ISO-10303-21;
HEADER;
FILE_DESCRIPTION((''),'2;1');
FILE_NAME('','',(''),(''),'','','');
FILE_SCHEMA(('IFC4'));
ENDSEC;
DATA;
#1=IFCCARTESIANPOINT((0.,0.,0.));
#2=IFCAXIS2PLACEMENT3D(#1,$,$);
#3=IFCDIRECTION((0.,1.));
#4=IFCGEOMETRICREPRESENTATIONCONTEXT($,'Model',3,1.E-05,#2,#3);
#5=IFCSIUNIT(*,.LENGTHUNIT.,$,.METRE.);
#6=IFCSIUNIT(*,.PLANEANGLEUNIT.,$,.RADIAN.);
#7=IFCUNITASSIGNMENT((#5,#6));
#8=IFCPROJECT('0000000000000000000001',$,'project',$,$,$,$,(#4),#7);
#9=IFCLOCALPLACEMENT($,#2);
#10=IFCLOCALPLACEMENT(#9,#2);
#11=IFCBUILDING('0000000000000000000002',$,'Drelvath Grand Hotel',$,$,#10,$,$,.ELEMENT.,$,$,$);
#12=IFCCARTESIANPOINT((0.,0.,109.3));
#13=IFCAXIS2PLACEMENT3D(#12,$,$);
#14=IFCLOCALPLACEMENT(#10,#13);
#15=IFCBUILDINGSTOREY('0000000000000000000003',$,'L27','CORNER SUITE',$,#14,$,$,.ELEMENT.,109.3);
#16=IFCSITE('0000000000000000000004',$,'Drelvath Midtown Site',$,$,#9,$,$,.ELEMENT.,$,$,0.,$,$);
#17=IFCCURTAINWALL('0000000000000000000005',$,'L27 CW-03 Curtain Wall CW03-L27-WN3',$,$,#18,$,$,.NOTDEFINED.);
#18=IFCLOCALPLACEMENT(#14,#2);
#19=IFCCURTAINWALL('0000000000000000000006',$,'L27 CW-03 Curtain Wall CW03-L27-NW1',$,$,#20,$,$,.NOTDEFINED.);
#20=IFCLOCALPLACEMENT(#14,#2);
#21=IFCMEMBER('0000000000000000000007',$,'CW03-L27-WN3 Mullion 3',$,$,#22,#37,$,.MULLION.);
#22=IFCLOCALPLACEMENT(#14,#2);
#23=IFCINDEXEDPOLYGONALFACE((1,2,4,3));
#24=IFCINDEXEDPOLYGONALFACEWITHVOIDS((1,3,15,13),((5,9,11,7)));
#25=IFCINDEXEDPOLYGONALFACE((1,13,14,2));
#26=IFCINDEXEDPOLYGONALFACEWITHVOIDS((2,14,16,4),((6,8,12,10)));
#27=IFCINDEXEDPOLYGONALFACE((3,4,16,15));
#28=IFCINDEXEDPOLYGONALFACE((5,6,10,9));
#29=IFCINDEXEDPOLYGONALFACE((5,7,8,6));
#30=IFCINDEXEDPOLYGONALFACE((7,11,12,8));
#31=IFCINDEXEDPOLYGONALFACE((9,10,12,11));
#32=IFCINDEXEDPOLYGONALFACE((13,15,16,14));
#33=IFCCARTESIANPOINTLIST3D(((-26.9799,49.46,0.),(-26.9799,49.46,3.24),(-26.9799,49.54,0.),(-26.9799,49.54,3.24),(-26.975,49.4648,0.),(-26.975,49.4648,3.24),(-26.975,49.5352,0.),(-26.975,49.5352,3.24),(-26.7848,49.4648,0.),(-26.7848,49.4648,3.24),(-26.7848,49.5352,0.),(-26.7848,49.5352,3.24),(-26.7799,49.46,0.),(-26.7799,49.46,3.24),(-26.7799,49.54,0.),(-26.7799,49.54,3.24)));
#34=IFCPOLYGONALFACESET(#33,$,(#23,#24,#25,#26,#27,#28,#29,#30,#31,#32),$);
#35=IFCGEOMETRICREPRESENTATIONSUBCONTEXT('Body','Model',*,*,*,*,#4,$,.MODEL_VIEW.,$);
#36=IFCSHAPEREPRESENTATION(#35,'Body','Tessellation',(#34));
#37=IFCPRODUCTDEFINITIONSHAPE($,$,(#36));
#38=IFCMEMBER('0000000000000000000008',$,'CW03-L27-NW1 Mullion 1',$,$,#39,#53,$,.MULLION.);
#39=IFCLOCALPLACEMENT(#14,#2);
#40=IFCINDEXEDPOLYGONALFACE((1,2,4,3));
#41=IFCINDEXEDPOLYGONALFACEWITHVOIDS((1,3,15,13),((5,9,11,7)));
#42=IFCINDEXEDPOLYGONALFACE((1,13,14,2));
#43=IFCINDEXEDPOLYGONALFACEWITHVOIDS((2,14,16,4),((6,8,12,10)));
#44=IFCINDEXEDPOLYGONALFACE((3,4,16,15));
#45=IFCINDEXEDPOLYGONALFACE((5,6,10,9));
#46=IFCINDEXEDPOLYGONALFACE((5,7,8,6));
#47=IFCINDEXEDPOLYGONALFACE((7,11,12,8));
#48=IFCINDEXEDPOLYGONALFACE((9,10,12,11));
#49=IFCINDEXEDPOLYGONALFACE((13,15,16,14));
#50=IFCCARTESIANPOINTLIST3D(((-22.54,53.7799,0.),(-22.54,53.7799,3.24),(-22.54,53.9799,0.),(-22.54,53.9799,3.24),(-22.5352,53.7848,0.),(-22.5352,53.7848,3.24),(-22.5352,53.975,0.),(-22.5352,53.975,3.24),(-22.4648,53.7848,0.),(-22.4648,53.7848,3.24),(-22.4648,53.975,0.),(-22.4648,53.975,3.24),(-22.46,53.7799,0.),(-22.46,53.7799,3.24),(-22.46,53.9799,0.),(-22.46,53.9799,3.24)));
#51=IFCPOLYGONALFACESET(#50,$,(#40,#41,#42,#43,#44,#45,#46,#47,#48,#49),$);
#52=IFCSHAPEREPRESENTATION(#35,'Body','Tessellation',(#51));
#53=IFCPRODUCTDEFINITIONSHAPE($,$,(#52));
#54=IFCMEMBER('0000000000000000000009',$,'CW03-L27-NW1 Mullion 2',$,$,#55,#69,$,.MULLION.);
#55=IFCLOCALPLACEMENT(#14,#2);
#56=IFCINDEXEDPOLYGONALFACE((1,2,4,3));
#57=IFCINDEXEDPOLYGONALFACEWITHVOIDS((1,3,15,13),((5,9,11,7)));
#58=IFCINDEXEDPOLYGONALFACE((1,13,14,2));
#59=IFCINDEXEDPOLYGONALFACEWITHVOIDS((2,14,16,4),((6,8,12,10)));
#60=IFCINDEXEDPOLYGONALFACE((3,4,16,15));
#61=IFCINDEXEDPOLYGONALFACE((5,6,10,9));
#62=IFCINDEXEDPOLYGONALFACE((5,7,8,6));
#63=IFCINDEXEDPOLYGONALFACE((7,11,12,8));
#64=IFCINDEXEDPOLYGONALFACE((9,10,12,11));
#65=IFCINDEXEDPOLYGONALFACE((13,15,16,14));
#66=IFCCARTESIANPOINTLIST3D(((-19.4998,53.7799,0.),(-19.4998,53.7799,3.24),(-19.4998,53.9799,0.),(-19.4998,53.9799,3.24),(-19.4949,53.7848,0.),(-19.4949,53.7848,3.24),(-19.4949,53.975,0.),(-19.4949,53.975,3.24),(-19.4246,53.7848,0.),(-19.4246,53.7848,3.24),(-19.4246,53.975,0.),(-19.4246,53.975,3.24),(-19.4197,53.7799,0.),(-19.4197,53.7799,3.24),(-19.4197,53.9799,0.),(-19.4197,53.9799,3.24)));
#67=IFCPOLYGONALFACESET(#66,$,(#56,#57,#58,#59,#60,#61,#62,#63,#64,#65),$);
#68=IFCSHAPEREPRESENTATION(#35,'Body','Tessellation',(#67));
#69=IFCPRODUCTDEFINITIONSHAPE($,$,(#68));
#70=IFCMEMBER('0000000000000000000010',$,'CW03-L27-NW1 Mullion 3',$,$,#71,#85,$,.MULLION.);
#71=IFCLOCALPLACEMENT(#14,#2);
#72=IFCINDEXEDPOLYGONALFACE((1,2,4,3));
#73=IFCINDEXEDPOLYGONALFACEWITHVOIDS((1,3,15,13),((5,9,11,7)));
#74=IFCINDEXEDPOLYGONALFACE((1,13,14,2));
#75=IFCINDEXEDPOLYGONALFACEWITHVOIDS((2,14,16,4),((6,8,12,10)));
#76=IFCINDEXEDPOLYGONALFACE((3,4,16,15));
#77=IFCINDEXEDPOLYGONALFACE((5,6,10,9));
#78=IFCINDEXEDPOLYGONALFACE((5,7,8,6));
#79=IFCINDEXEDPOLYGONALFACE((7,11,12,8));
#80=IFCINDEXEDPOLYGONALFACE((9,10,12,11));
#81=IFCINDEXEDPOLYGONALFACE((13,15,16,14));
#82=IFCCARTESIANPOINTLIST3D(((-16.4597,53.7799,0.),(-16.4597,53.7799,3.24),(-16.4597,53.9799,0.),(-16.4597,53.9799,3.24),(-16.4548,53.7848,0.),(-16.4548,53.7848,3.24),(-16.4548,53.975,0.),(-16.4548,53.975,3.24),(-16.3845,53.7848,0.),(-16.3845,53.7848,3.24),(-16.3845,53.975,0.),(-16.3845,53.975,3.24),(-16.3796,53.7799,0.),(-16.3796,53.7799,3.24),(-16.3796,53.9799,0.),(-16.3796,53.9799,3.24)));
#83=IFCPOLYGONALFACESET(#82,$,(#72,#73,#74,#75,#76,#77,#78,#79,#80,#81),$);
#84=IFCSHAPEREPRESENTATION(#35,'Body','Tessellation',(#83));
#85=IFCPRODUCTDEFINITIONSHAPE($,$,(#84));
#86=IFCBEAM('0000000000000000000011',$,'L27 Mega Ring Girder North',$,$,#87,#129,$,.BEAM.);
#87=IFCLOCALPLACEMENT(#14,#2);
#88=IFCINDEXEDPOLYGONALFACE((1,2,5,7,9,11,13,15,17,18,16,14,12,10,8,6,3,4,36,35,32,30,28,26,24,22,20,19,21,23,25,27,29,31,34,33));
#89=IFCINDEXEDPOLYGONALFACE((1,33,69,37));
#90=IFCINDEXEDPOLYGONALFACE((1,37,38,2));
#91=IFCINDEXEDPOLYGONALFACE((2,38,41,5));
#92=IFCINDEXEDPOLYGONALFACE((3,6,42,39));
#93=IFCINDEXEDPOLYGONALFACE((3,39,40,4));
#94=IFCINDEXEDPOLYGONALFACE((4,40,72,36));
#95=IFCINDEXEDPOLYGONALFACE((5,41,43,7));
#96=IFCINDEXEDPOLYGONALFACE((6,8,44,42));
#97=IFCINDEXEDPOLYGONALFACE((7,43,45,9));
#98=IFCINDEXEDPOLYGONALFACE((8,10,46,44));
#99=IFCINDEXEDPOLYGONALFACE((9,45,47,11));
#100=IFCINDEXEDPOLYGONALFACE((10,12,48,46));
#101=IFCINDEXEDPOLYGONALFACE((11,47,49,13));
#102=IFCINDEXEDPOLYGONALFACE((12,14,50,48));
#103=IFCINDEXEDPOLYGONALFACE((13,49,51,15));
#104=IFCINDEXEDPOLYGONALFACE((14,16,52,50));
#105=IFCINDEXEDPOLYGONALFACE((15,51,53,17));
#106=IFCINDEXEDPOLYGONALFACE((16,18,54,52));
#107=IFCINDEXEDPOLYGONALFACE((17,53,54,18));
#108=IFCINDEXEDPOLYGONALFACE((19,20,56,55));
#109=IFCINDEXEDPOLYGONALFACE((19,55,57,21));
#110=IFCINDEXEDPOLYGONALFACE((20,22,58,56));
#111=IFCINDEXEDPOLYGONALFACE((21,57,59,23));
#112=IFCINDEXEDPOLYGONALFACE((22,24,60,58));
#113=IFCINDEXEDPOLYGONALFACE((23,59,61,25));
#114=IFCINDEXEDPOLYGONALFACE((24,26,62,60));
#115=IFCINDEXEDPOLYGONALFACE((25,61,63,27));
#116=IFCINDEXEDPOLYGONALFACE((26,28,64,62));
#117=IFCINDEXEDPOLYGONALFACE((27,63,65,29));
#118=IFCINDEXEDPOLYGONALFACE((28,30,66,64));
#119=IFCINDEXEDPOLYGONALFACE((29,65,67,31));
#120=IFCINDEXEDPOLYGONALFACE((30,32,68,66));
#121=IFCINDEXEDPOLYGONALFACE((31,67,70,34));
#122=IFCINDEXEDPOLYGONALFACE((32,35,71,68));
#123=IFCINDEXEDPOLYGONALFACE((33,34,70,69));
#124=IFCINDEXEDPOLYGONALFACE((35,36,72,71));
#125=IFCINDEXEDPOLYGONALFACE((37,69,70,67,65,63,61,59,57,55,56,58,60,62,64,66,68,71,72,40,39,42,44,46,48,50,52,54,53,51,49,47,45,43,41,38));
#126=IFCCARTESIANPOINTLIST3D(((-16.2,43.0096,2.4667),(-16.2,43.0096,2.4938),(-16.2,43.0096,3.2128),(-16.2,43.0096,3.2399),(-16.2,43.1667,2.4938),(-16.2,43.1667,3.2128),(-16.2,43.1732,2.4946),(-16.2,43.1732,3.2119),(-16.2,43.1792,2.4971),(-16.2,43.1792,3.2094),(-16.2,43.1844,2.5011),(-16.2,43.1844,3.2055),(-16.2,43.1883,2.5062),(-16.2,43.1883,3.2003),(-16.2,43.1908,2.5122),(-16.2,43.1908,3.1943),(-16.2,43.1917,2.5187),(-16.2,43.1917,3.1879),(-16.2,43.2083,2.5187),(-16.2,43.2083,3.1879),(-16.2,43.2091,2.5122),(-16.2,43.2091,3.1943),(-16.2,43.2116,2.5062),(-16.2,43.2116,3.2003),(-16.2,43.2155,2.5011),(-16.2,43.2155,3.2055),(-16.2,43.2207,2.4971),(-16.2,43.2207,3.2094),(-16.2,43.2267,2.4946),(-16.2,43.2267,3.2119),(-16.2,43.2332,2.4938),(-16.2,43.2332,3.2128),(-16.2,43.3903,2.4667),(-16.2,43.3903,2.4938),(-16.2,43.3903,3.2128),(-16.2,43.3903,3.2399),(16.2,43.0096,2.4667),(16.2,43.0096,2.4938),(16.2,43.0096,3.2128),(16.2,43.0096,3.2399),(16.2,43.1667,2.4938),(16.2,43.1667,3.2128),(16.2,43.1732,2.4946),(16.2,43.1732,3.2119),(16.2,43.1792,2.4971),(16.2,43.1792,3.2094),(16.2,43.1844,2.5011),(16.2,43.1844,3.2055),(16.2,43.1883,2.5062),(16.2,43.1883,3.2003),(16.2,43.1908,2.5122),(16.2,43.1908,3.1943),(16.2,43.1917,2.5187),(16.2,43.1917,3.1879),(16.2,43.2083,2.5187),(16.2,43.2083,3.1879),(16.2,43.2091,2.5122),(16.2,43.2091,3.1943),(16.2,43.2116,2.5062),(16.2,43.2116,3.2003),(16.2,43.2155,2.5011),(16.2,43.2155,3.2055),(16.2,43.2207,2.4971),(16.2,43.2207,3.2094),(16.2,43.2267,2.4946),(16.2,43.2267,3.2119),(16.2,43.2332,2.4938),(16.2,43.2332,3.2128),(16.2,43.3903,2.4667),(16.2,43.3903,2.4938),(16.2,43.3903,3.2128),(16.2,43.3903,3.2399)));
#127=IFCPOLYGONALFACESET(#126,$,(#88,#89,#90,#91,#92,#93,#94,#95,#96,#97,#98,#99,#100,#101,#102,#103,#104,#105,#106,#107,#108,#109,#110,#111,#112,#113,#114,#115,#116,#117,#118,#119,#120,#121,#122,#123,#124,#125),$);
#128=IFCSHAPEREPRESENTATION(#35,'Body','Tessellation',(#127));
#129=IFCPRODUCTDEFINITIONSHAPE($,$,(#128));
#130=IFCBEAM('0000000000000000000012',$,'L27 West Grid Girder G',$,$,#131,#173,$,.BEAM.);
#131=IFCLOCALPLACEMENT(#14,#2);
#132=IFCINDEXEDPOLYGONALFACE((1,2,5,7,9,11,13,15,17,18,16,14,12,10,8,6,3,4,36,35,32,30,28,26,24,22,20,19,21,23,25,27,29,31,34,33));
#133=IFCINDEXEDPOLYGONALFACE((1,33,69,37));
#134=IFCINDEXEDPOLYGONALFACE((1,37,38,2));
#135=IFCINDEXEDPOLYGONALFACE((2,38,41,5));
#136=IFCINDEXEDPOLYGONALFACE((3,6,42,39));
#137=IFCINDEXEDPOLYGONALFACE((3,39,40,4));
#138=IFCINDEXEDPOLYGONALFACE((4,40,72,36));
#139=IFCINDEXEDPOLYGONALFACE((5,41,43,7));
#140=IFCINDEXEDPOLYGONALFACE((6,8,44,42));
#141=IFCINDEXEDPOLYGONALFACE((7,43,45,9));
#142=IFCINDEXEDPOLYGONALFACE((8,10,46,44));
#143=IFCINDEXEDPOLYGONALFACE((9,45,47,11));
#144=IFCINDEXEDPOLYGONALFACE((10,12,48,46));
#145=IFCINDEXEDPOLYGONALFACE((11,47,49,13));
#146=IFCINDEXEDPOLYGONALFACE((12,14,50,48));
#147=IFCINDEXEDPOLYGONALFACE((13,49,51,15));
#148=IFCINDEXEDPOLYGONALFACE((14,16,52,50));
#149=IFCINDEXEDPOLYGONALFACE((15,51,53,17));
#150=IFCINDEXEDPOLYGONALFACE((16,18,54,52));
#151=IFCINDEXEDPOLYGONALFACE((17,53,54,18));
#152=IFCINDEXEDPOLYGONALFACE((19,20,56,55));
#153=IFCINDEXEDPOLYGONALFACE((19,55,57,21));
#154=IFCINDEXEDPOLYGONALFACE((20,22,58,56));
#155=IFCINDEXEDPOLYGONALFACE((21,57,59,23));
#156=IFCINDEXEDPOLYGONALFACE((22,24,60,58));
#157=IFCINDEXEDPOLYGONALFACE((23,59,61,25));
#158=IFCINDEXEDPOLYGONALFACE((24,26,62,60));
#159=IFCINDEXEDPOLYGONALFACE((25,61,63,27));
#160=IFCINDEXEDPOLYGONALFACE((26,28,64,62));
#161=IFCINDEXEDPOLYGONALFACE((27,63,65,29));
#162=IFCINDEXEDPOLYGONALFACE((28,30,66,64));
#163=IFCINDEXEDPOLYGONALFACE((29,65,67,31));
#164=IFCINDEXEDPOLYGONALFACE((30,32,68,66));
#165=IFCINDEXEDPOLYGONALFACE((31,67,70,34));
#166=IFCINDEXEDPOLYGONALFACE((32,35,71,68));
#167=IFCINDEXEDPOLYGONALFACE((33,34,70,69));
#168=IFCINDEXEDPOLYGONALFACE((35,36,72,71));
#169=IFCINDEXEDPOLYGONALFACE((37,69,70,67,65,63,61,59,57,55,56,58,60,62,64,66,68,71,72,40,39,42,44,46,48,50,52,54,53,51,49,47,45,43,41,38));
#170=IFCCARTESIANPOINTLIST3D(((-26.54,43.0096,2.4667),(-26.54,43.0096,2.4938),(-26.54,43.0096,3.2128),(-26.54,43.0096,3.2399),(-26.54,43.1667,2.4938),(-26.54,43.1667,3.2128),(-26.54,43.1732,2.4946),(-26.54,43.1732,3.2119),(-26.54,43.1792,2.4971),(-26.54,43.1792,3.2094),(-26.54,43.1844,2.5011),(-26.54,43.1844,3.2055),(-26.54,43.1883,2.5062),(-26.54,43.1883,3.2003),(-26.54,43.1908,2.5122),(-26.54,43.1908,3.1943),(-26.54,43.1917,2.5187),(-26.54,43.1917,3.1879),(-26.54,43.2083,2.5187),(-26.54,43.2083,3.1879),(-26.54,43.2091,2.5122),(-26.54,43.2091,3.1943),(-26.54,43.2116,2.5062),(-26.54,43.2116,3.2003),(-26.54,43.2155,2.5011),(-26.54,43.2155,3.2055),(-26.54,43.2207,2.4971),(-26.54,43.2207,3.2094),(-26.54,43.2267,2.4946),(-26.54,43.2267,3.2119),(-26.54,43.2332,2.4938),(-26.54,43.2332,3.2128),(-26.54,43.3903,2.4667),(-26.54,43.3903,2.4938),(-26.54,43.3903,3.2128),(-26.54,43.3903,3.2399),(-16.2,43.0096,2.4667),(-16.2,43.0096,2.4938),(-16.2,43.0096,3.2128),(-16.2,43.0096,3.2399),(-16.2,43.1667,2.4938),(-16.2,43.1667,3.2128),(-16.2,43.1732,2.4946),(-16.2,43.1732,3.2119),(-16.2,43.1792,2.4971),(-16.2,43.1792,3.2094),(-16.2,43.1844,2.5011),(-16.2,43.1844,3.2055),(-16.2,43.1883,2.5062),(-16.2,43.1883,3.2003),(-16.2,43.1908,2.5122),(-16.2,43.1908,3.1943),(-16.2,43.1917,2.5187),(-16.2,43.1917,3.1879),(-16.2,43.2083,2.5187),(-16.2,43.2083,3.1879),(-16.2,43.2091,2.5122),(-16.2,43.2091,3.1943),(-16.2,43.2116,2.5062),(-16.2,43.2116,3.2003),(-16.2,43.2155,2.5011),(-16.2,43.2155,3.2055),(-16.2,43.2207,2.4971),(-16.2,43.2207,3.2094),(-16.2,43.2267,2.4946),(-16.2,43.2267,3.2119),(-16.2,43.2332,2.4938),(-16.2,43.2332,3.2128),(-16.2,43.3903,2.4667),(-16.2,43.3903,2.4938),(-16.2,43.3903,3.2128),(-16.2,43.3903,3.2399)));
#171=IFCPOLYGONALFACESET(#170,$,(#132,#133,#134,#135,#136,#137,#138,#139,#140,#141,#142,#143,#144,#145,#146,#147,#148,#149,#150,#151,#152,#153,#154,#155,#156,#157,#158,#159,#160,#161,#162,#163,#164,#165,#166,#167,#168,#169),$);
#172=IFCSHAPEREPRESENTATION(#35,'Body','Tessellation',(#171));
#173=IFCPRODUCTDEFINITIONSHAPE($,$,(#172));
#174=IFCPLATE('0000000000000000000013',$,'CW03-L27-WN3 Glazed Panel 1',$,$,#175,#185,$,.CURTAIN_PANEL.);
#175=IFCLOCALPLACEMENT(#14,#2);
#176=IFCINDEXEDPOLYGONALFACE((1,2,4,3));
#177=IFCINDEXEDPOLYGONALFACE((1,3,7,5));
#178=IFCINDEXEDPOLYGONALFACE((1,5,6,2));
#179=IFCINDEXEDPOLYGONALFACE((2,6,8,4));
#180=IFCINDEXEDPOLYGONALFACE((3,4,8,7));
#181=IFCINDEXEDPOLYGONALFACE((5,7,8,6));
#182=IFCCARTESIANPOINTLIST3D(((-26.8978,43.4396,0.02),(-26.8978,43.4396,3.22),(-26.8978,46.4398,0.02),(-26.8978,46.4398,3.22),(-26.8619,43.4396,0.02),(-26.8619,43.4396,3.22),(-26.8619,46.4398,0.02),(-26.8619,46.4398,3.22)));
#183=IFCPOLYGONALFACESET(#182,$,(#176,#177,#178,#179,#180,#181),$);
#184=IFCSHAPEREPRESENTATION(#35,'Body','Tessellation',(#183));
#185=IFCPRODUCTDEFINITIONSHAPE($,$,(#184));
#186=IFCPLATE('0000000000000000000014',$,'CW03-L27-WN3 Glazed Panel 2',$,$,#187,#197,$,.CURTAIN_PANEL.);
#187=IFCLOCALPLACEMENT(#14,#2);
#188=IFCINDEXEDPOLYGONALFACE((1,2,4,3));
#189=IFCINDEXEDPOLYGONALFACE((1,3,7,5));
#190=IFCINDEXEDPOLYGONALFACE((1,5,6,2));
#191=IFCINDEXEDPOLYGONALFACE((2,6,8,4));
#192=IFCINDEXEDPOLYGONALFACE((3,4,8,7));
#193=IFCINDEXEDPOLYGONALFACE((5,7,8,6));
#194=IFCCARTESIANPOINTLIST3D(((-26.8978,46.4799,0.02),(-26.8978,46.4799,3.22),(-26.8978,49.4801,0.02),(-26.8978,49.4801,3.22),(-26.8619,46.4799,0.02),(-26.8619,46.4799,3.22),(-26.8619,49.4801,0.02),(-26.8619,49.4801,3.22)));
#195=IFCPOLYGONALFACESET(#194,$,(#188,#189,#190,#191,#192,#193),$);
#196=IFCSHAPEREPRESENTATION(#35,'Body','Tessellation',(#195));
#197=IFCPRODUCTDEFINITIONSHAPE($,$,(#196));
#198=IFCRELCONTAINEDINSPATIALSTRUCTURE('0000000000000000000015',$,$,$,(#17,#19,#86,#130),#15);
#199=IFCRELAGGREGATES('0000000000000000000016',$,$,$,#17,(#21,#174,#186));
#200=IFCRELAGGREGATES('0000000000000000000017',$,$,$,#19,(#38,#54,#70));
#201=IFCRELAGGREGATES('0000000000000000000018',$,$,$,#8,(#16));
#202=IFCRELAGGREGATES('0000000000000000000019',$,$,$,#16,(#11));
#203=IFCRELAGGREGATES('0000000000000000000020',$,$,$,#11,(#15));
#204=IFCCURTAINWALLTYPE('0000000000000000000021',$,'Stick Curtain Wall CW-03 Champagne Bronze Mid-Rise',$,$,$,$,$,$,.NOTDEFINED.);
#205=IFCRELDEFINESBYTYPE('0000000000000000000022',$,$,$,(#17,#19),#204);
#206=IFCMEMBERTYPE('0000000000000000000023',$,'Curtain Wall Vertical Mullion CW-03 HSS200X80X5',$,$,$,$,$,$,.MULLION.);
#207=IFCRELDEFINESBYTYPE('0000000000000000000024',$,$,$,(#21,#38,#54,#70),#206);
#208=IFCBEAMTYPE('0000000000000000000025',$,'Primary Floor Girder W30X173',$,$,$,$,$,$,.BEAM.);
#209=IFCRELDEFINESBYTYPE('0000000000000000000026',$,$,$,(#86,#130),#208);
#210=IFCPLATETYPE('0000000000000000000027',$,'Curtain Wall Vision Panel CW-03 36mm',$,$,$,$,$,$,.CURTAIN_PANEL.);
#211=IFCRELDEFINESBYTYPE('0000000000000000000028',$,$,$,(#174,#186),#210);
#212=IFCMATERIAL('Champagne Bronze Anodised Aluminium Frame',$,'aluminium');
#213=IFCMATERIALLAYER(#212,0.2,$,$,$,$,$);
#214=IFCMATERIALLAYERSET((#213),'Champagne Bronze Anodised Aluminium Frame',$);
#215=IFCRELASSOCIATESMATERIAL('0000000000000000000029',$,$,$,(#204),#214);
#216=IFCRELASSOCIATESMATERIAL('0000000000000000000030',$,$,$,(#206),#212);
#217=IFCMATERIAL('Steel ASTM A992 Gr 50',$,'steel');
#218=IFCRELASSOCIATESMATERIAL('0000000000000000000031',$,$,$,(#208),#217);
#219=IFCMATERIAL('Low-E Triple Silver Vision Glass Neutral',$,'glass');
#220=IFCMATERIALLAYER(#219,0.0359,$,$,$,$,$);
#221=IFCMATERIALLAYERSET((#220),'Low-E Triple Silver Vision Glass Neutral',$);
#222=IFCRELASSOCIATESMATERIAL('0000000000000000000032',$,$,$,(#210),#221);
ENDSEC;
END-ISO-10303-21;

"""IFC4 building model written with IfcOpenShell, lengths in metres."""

from ifc_helpers import new_model, si_unit, direction, frame, origin, origin_2d, place, context, subcontext, project, spatial, rectangle, hollow_rectangle, i_section, extrude, material, layer, layer_set, material_profile, profile_set, type_object, element, aggregate, save


model = new_model("IFC4")

# Units and contexts
model_context = context("Model", 3, precision=1e-05, world=origin(), true_north=direction((0.0, 1.0)))
body_context = subcontext(model_context, "Body", "Model", "MODEL_VIEW")
ifc_project = project(units=[si_unit("LENGTHUNIT", "METRE"), si_unit("PLANEANGLEUNIT", "RADIAN")], contexts=[model_context])

# Site, building, storey
site_placement = place(None, origin())
site = spatial("IfcSite", under=ifc_project, at=site_placement, Name="Drelvath Midtown Site", CompositionType="ELEMENT", RefElevation=0.0)
building_placement = place(site_placement, origin())
building = spatial("IfcBuilding", under=site, at=building_placement, Name="Drelvath Grand Hotel", CompositionType="ELEMENT")
storey_placement = place(building_placement, frame((0.0, 0.0, 109.3)))
storey = spatial("IfcBuildingStorey", under=building, at=storey_placement, Name="L27", Description="CORNER SUITE", CompositionType="ELEMENT", Elevation=109.3)

# Shared definitions
ifc_material_1 = material(Name="Steel ASTM A992 Gr 50", Category="steel")

# Curtain walls
ifc_material_2 = material(Name="Champagne Bronze Anodised Aluminium Frame", Category="aluminium")
ifc_layer_1 = layer(ifc_material_2, 0.2)
ifc_layer_set_1 = layer_set([ifc_layer_1], Name="Champagne Bronze Anodised Aluminium Frame")
curtain_wall_type = type_object("IfcCurtainWallType", Name="Stick Curtain Wall CW-03 Champagne Bronze Mid-Rise", PredefinedType="NOTDEFINED", material=ifc_layer_set_1)
curtain_wall_1_placement = place(storey_placement, origin())
curtain_wall_1 = element("IfcCurtainWall", 1, at=curtain_wall_1_placement, inside=storey, type_object=curtain_wall_type, Name="L27 CW-03 Curtain Wall CW03-L27-WN3", PredefinedType="NOTDEFINED")
curtain_wall_2_placement = place(storey_placement, origin())
curtain_wall_2 = element("IfcCurtainWall", 2, at=curtain_wall_2_placement, inside=storey, type_object=curtain_wall_type, Name="L27 CW-03 Curtain Wall CW03-L27-NW1", PredefinedType="NOTDEFINED")

# Members
ifc_material_profile_1 = material_profile(ifc_material_2, hollow_rectangle(XDim=0.0801, YDim=0.2, WallThickness=0.0049, at=origin_2d()), Name="HSS200X80X5")
ifc_profile_set_1 = profile_set([ifc_material_profile_1], Name="Champagne Bronze Anodised Aluminium Frame")
member_type_1 = type_object("IfcMemberType", Name="Curtain Wall Vertical Mullion CW-03 HSS200X80X5", PredefinedType="MULLION", material=ifc_profile_set_1)
member_1_placement = place(storey_placement, frame((-26.8799, 49.5, 0.0), z_axis=(0.0, 0.0, 1.0), x_axis=(0.0, 1.0, 0.0)))
member_1 = element("IfcMember", 3, at=member_1_placement, type_object=member_type_1, Name="CW03-L27-WN3 Mullion 3", PredefinedType="MULLION", context=body_context, shape_type="SweptSolid", body=[
    extrude(hollow_rectangle(XDim=0.0801, YDim=0.2, WallThickness=0.0049, at=origin_2d()), origin(), (0.0, 0.0, 1.0), 3.24),
])
member_2_placement = place(storey_placement, frame((-22.5, 53.8799, 0.0), z_axis=(0.0, 0.0, 1.0), x_axis=(1.0, 0.0, 0.0)))
member_2 = element("IfcMember", 4, at=member_2_placement, type_object=member_type_1, Name="CW03-L27-NW1 Mullion 1", PredefinedType="MULLION", context=body_context, shape_type="SweptSolid", body=[
    extrude(hollow_rectangle(XDim=0.0801, YDim=0.2, WallThickness=0.0049, at=origin_2d()), origin(), (0.0, 0.0, 1.0), 3.24),
])
member_3_placement = place(storey_placement, frame((-19.4597, 53.8799, 0.0), z_axis=(0.0, 0.0, 1.0), x_axis=(1.0, 0.0, 0.0)))
member_3 = element("IfcMember", 5, at=member_3_placement, type_object=member_type_1, Name="CW03-L27-NW1 Mullion 2", PredefinedType="MULLION", context=body_context, shape_type="SweptSolid", body=[
    extrude(hollow_rectangle(XDim=0.0801, YDim=0.2, WallThickness=0.0049, at=origin_2d()), origin(), (0.0, 0.0, 1.0), 3.24),
])
member_4_placement = place(storey_placement, frame((-16.4197, 53.8799, 0.0), z_axis=(0.0, 0.0, 1.0), x_axis=(1.0, 0.0, 0.0)))
member_4 = element("IfcMember", 6, at=member_4_placement, type_object=member_type_1, Name="CW03-L27-NW1 Mullion 3", PredefinedType="MULLION", context=body_context, shape_type="SweptSolid", body=[
    extrude(hollow_rectangle(XDim=0.0801, YDim=0.2, WallThickness=0.0049, at=origin_2d()), origin(), (0.0, 0.0, 1.0), 3.24),
])

# Beams
ifc_material_profile_2 = material_profile(ifc_material_1, i_section(OverallWidth=0.3806, OverallDepth=0.7732, WebThickness=0.0166, FlangeThickness=0.0271, FilletRadius=0.0249, at=origin_2d()), Name="W30X173")
ifc_profile_set_2 = profile_set([ifc_material_profile_2], Name="Steel ASTM A992 Gr 50")
beam_type_1 = type_object("IfcBeamType", Name="Primary Floor Girder W30X173", PredefinedType="BEAM", material=ifc_profile_set_2)
beam_1_placement = place(storey_placement, frame((-16.2, 43.2, 2.8533), z_axis=(1.0, 0.0, 0.0), x_axis=(0.0, 1.0, 0.0)))
element("IfcBeam", 7, at=beam_1_placement, inside=storey, type_object=beam_type_1, Name="L27 Mega Ring Girder North", PredefinedType="BEAM", context=body_context, shape_type="SweptSolid", body=[
    extrude(i_section(OverallWidth=0.3806, OverallDepth=0.7732, WebThickness=0.0166, FlangeThickness=0.0271, FilletRadius=0.0249, at=origin_2d()), origin(), (0.0, 0.0, 1.0), 32.3999),
])
beam_2_placement = place(storey_placement, frame((-26.54, 43.2, 2.8533), z_axis=(1.0, 0.0, 0.0), x_axis=(0.0, 1.0, 0.0)))
element("IfcBeam", 8, at=beam_2_placement, inside=storey, type_object=beam_type_1, Name="L27 West Grid Girder G", PredefinedType="BEAM", context=body_context, shape_type="SweptSolid", body=[
    extrude(i_section(OverallWidth=0.3806, OverallDepth=0.7732, WebThickness=0.0166, FlangeThickness=0.0271, FilletRadius=0.0249, at=origin_2d()), origin(), (0.0, 0.0, 1.0), 10.3401),
])

# Plates
ifc_material_3 = material(Name="Low-E Triple Silver Vision Glass Neutral", Category="glass")
ifc_layer_2 = layer(ifc_material_3, 0.0359)
ifc_layer_set_2 = layer_set([ifc_layer_2], Name="Low-E Triple Silver Vision Glass Neutral")
plate_type = type_object("IfcPlateType", Name="Curtain Wall Vision Panel CW-03 36mm", PredefinedType="CURTAIN_PANEL", material=ifc_layer_set_2)
plate_1_placement = place(storey_placement, frame((-26.8799, 44.9397, 0.02), z_axis=(0.0, 0.0, 1.0), x_axis=(0.0, 1.0, 0.0)))
plate_1 = element("IfcPlate", 9, at=plate_1_placement, type_object=plate_type, Name="CW03-L27-WN3 Glazed Panel 1", PredefinedType="CURTAIN_PANEL", context=body_context, shape_type="SweptSolid", body=[
    extrude(rectangle(XDim=3.0002, YDim=0.0359, at=origin_2d()), origin(), (0.0, 0.0, 1.0), 3.2),
])
plate_2_placement = place(storey_placement, frame((-26.8799, 47.98, 0.02), z_axis=(0.0, 0.0, 1.0), x_axis=(0.0, 1.0, 0.0)))
plate_2 = element("IfcPlate", 10, at=plate_2_placement, type_object=plate_type, Name="CW03-L27-WN3 Glazed Panel 2", PredefinedType="CURTAIN_PANEL", context=body_context, shape_type="SweptSolid", body=[
    extrude(rectangle(XDim=3.0002, YDim=0.0359, at=origin_2d()), origin(), (0.0, 0.0, 1.0), 3.2),
])
aggregate(curtain_wall_1, [member_1, plate_1, plate_2])
aggregate(curtain_wall_2, [member_2, member_3, member_4])

save(model, "model.ifc")
